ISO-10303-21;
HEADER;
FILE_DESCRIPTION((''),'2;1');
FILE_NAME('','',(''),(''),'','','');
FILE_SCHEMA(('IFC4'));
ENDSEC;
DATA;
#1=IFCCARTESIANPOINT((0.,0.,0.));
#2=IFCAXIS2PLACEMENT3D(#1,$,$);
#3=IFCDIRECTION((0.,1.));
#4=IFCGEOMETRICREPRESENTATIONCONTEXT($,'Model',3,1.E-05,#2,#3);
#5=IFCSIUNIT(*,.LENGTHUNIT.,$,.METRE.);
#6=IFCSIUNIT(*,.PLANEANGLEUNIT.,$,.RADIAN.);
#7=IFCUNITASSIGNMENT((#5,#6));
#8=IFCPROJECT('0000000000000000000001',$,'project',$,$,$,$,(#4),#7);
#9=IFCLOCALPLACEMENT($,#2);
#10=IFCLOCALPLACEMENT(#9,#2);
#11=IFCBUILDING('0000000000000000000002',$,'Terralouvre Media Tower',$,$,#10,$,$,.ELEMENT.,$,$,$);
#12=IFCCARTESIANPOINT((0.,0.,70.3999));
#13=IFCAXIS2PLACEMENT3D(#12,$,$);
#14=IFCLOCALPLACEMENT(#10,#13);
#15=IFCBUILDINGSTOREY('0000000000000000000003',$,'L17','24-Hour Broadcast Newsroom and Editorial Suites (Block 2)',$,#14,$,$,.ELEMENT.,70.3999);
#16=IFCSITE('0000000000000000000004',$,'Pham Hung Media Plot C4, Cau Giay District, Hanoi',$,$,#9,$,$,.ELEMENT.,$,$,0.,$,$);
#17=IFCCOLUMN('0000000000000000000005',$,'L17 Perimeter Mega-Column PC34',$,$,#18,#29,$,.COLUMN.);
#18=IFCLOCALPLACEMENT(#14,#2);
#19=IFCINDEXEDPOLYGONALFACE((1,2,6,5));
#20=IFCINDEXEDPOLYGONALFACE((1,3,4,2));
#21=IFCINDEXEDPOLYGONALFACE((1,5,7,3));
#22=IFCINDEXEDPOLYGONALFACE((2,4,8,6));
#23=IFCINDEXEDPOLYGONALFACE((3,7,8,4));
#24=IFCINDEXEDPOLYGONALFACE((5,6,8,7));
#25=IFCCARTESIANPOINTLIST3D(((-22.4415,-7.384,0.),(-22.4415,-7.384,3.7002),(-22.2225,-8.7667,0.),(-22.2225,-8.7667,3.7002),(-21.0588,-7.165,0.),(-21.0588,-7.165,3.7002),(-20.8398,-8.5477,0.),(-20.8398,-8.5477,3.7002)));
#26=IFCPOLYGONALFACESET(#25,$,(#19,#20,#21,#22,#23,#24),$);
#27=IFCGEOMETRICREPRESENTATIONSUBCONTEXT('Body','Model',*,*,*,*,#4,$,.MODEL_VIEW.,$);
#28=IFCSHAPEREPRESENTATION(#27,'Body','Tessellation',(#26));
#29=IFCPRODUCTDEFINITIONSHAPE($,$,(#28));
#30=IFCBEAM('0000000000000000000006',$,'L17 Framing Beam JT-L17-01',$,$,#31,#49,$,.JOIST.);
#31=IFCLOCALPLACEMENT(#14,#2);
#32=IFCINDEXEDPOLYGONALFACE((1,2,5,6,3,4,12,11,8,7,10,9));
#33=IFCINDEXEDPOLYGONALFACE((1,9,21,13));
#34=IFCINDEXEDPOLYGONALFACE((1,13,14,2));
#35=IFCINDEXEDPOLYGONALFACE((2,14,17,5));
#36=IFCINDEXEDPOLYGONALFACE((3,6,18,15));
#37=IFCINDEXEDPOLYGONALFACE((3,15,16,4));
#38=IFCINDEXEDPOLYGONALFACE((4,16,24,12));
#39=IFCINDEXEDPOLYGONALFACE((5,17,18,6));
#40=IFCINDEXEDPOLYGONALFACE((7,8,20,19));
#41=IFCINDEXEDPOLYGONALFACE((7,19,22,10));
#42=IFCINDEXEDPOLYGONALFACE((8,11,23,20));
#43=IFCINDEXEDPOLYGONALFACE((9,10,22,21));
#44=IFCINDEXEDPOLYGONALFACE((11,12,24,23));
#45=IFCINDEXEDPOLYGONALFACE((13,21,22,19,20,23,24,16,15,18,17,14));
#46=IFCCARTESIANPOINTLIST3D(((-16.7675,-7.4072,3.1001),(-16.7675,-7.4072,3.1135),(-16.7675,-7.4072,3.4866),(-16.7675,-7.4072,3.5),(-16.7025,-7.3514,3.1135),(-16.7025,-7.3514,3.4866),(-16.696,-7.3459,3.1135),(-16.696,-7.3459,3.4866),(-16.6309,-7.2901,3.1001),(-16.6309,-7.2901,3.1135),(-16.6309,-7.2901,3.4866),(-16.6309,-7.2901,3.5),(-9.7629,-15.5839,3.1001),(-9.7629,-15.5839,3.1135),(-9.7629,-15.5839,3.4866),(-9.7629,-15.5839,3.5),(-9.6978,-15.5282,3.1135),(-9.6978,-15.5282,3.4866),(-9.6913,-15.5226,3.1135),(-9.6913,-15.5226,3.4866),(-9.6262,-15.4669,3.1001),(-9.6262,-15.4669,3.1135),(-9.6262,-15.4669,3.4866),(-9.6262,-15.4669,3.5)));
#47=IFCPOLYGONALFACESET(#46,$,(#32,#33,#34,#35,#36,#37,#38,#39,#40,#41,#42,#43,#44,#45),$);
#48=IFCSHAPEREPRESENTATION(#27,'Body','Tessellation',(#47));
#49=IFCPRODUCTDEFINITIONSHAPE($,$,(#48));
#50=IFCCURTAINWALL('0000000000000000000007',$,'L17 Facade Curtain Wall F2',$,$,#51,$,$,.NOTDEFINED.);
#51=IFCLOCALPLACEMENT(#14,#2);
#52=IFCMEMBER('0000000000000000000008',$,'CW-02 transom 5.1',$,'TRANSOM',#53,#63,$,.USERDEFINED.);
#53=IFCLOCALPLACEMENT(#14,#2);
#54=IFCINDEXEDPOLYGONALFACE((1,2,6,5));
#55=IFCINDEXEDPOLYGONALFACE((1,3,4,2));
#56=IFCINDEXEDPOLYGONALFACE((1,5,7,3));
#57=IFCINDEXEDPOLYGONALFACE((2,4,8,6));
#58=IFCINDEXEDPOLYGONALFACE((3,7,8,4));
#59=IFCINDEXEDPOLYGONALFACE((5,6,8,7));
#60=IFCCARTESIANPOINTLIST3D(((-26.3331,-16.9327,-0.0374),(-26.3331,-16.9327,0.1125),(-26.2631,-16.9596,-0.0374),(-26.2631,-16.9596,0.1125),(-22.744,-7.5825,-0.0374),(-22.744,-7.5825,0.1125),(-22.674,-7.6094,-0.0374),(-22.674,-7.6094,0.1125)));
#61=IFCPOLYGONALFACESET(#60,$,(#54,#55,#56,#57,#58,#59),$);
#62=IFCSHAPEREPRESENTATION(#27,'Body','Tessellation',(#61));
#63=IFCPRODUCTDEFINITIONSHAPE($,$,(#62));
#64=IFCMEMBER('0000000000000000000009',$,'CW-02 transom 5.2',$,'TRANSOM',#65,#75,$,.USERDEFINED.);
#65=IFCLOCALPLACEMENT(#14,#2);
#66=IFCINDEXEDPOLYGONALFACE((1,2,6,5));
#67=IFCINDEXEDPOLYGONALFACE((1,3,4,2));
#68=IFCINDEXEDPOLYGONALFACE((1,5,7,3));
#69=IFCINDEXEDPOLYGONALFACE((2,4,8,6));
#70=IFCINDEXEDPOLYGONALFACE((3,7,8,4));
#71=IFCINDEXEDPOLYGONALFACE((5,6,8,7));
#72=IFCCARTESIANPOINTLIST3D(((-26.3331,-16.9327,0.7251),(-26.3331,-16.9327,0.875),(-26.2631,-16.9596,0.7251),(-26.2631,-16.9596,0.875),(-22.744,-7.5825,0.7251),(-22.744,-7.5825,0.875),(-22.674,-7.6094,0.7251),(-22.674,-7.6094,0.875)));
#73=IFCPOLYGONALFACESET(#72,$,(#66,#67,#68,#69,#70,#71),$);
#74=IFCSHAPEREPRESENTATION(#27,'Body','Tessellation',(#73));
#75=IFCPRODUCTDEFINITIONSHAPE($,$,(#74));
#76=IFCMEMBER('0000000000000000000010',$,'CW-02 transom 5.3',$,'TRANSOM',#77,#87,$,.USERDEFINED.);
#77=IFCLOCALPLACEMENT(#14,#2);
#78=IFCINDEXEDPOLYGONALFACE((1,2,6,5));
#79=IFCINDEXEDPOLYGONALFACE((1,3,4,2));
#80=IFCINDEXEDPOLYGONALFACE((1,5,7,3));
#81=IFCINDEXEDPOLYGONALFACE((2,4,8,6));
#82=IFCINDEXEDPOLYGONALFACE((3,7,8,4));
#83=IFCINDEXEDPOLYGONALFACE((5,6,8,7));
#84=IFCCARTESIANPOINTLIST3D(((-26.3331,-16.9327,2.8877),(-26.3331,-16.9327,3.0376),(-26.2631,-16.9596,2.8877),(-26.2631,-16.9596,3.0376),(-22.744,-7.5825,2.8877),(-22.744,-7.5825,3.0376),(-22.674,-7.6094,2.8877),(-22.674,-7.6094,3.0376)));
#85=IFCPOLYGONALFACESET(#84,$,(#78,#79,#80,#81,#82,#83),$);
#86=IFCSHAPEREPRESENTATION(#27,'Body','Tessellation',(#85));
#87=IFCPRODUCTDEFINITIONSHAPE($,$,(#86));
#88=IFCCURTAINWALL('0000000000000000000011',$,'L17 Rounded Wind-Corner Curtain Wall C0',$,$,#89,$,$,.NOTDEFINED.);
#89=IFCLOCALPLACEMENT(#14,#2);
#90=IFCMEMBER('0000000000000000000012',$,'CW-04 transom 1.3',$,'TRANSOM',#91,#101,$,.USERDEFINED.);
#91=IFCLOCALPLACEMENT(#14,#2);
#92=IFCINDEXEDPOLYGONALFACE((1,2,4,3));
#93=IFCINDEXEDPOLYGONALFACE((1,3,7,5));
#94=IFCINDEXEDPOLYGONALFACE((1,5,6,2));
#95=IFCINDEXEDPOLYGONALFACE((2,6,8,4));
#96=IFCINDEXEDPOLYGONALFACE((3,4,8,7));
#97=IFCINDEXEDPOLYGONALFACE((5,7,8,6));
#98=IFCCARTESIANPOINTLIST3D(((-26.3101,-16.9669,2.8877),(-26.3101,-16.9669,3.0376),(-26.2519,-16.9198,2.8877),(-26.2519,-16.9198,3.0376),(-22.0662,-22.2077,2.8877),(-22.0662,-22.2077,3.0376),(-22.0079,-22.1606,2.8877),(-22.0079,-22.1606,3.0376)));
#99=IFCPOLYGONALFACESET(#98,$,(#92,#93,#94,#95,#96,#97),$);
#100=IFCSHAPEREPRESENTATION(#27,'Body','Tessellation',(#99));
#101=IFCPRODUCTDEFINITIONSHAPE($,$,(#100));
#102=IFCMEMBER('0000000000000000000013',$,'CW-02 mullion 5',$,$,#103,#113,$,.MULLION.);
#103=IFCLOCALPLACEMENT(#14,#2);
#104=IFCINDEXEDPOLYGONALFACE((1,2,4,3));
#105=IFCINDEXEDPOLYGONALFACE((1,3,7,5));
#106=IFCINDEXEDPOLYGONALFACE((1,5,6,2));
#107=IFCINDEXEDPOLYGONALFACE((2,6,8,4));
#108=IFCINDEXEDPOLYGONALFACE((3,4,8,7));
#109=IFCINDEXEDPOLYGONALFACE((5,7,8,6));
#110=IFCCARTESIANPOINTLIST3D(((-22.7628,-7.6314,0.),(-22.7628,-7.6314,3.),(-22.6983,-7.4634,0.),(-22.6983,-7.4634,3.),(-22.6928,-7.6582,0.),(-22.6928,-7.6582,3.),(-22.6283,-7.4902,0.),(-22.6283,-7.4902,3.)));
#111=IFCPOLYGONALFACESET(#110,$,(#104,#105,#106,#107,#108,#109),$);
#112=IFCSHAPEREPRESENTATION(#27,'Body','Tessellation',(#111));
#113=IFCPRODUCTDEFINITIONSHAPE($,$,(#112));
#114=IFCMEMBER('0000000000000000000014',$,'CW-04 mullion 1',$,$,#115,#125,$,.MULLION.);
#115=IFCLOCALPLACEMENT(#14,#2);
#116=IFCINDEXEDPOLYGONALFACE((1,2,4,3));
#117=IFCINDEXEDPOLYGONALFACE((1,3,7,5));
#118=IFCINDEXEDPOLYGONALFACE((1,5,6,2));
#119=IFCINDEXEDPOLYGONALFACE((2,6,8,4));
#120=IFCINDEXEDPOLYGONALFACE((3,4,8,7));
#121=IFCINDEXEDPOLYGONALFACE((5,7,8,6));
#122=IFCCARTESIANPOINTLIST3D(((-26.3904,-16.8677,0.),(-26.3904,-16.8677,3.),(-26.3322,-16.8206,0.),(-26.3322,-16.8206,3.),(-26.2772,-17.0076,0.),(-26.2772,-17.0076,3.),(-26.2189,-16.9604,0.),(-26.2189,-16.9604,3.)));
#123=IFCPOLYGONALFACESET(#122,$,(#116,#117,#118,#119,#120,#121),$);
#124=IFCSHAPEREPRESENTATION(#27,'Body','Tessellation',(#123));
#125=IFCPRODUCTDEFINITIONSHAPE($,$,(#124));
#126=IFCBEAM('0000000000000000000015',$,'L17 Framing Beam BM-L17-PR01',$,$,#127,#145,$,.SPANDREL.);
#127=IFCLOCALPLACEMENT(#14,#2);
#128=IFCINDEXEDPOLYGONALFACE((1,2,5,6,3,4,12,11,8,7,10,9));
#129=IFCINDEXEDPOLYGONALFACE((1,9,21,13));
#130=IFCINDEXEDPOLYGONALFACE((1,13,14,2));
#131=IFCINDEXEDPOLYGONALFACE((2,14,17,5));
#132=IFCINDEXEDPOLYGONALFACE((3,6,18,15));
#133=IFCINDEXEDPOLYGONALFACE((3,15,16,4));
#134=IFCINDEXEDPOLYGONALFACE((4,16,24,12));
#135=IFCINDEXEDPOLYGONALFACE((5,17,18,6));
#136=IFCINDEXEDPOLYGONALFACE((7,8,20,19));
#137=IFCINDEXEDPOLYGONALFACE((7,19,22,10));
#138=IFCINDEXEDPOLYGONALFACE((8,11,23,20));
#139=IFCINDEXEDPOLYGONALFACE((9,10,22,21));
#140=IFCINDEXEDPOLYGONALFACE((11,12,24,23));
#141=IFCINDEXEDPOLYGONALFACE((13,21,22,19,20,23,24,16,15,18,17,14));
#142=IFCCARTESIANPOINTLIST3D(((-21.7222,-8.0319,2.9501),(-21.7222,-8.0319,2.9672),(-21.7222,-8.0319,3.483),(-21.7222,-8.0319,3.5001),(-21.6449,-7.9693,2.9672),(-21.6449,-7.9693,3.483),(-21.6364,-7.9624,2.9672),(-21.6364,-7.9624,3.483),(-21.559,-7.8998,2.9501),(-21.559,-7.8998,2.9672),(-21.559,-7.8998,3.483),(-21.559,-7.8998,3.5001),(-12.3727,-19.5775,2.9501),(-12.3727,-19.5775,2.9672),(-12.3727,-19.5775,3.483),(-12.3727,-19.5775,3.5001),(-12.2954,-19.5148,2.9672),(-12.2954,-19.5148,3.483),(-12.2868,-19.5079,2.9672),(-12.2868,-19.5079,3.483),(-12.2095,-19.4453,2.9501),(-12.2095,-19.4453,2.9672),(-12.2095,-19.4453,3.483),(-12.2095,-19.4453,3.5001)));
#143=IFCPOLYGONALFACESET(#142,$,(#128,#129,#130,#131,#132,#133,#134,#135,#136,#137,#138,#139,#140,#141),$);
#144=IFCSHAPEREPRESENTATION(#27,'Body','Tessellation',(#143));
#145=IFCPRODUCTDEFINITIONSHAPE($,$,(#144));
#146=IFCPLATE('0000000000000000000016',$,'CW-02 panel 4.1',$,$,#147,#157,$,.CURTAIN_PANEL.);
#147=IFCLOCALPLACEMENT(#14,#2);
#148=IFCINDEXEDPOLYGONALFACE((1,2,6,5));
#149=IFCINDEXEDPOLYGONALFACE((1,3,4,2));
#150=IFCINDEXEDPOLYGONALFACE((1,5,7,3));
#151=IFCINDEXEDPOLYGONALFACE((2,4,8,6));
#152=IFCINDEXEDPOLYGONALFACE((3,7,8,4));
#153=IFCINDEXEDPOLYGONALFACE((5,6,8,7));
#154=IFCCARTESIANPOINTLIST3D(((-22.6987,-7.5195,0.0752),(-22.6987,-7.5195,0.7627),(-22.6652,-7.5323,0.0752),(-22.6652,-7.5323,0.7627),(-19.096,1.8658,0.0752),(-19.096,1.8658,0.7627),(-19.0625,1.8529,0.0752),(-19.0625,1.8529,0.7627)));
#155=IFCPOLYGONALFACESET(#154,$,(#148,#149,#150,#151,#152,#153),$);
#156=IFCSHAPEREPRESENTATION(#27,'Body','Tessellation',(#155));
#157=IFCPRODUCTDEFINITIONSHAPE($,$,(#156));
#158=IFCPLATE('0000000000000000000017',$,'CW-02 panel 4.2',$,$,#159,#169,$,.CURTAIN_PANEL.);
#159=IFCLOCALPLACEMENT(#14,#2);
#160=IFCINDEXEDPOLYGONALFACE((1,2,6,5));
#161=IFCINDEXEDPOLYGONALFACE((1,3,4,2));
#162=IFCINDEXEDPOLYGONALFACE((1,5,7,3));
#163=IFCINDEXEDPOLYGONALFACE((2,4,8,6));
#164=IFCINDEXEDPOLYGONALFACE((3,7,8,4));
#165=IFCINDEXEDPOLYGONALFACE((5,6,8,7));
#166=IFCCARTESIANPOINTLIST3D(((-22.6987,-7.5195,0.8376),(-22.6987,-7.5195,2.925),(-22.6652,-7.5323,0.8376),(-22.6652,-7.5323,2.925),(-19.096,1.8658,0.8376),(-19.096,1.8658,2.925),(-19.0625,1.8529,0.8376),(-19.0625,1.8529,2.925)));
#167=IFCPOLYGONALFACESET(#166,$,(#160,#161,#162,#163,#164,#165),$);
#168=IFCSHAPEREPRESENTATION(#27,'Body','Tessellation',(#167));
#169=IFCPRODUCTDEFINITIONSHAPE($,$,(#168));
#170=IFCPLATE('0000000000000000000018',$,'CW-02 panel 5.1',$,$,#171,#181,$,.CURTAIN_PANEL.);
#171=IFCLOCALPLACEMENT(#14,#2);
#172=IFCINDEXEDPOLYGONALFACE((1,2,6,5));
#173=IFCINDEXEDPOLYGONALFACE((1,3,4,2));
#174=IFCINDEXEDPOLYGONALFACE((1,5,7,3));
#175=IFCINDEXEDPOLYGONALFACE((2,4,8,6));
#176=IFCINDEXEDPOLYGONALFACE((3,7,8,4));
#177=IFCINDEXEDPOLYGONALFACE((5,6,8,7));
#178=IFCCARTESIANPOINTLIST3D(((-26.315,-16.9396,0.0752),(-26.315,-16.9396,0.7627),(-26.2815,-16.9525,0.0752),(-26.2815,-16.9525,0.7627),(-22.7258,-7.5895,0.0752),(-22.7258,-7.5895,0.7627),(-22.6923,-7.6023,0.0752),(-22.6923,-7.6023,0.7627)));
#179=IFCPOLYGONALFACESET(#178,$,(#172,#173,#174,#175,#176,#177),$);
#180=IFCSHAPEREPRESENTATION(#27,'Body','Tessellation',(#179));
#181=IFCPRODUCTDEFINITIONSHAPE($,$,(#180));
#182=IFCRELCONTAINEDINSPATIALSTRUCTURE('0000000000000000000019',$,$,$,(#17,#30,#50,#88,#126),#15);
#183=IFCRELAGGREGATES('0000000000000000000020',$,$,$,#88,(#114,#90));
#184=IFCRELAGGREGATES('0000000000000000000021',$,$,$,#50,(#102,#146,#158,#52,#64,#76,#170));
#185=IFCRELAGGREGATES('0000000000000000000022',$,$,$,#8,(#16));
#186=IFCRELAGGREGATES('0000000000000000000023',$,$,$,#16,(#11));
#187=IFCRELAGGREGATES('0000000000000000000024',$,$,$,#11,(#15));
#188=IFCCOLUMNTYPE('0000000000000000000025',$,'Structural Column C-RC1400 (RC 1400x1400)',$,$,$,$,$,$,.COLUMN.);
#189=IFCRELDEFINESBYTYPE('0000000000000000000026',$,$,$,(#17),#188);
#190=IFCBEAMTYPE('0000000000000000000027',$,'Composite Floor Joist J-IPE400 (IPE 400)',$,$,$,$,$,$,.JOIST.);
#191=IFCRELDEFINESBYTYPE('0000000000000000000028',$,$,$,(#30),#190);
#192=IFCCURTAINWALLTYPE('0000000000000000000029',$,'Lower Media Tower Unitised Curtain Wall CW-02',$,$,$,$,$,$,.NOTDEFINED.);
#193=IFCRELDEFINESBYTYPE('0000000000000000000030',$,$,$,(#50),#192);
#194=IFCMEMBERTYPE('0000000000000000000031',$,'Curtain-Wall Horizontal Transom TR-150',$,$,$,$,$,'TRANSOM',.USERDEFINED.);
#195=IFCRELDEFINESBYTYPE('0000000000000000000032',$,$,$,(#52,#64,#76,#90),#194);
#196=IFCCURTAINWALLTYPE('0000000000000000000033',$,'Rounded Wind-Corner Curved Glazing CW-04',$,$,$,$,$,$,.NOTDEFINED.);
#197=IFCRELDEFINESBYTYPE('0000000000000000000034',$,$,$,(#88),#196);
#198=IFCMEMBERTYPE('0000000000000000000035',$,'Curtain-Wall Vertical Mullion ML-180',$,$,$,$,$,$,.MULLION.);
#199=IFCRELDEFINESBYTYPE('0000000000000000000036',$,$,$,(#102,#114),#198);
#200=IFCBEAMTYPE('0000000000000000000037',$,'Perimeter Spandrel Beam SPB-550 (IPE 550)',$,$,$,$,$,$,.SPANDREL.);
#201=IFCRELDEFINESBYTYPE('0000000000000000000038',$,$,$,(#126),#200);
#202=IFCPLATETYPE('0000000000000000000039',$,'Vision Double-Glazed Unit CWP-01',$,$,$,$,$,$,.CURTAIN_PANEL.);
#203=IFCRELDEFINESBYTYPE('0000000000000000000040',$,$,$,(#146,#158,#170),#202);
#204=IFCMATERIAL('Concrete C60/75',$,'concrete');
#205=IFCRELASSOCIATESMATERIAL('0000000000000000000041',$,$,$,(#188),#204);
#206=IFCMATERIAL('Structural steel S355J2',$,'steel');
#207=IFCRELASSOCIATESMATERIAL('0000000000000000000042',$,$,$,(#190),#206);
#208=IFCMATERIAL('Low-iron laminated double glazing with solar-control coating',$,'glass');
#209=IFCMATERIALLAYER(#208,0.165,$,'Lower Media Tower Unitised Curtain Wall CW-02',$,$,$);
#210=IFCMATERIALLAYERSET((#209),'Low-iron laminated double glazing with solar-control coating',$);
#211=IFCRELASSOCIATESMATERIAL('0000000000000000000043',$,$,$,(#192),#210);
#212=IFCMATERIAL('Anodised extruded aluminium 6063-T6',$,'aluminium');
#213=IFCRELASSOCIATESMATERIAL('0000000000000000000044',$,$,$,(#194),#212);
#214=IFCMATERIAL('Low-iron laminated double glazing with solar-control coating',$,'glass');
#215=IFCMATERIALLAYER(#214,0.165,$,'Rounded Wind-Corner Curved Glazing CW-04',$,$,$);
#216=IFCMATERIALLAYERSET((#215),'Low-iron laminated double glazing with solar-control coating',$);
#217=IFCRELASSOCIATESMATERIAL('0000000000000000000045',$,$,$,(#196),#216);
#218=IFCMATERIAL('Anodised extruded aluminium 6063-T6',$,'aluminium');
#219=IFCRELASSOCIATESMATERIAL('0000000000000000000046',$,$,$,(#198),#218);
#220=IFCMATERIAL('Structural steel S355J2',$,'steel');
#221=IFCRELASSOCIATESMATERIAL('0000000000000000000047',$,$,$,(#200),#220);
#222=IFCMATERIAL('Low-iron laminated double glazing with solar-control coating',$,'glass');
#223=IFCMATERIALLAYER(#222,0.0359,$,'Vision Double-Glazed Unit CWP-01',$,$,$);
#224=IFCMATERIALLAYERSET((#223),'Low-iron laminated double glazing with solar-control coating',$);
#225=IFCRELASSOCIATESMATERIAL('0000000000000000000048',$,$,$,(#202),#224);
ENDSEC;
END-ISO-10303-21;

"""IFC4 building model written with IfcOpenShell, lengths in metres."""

from ifc_helpers import new_model, si_unit, direction, frame, origin, origin_2d, place, context, subcontext, project, spatial, rectangle, i_section, extrude, material, layer, layer_set, material_profile, profile_set, type_object, element, aggregate, save


model = new_model("IFC4")

# Units and contexts
model_context = context("Model", 3, precision=1e-05, world=origin(), true_north=direction((0.0, 1.0)))
body_context = subcontext(model_context, "Body", "Model", "MODEL_VIEW")
ifc_project = project(units=[si_unit("LENGTHUNIT", "METRE"), si_unit("PLANEANGLEUNIT", "RADIAN")], contexts=[model_context])

# Site, building, storey
site_placement = place(None, origin())
site = spatial("IfcSite", under=ifc_project, at=site_placement, Name="Pham Hung Media Plot C4, Cau Giay District, Hanoi", CompositionType="ELEMENT", RefElevation=0.0)
building_placement = place(site_placement, origin())
building = spatial("IfcBuilding", under=site, at=building_placement, Name="Terralouvre Media Tower", CompositionType="ELEMENT")
storey_placement = place(building_placement, frame((0.0, 0.0, 70.3999)))
storey = spatial("IfcBuildingStorey", under=building, at=storey_placement, Name="L17", Description="24-Hour Broadcast Newsroom and Editorial Suites (Block 2)", CompositionType="ELEMENT", Elevation=70.3999)

# Column
ifc_material_1 = material(Name="Concrete C60/75", Category="concrete")
ifc_material_profile_1 = material_profile(ifc_material_1, rectangle(XDim=1.3999, YDim=1.3999, at=origin_2d()), Name="RC 1400x1400")
ifc_profile_set_1 = profile_set([ifc_material_profile_1], Name="Concrete C60/75")
column_type = type_object("IfcColumnType", Name="Structural Column C-RC1400 (RC 1400x1400)", PredefinedType="COLUMN", material=ifc_profile_set_1)
column_placement = place(storey_placement, frame((-21.6406, -7.9658, 0.0), z_axis=(0.0, 0.0, 1.0), x_axis=(0.987688, 0.156434, 0.0)))
element("IfcColumn", 1, at=column_placement, inside=storey, type_object=column_type, Name="L17 Perimeter Mega-Column PC34", PredefinedType="COLUMN", context=body_context, shape_type="SweptSolid", body=[
    extrude(rectangle(XDim=1.3999, YDim=1.3999, at=origin_2d()), origin(), (0.0, 0.0, 1.0), 3.7002),
])

# Beam
ifc_material_2 = material(Name="Structural steel S355J2", Category="steel")
ifc_material_profile_2 = material_profile(ifc_material_2, i_section(OverallWidth=0.1799, OverallDepth=0.3999, WebThickness=0.0085, FlangeThickness=0.0134, at=origin_2d()), Name="IPE 400")
ifc_profile_set_2 = profile_set([ifc_material_profile_2], Name="Structural steel S355J2")
beam_type_1 = type_object("IfcBeamType", Name="Composite Floor Joist J-IPE400 (IPE 400)", PredefinedType="JOIST", material=ifc_profile_set_2)
beam_1_placement = place(storey_placement, frame((-16.6992, -7.3486, 3.3), z_axis=(0.650577, -0.759441, 0.0), x_axis=(0.759441, 0.650577, 0.0)))
element("IfcBeam", 2, at=beam_1_placement, inside=storey, type_object=beam_type_1, Name="L17 Framing Beam JT-L17-01", PredefinedType="JOIST", context=body_context, shape_type="SweptSolid", body=[
    extrude(i_section(OverallWidth=0.1799, OverallDepth=0.3999, WebThickness=0.0085, FlangeThickness=0.0134, at=origin_2d()), origin(), (0.0, 0.0, 1.0), 10.7668),
])

# Curtain wall, members
ifc_material_3 = material(Name="Low-iron laminated double glazing with solar-control coating", Category="glass")
ifc_layer_1 = layer(ifc_material_3, 0.165, Name="Lower Media Tower Unitised Curtain Wall CW-02")
ifc_layer_set_1 = layer_set([ifc_layer_1], Name="Low-iron laminated double glazing with solar-control coating")
curtain_wall_type_1 = type_object("IfcCurtainWallType", Name="Lower Media Tower Unitised Curtain Wall CW-02", PredefinedType="NOTDEFINED", material=ifc_layer_set_1)
curtain_wall_1_placement = place(storey_placement, origin())
curtain_wall_1 = element("IfcCurtainWall", 3, at=curtain_wall_1_placement, inside=storey, type_object=curtain_wall_type_1, Name="L17 Facade Curtain Wall F2", PredefinedType="NOTDEFINED")
ifc_material_4 = material(Name="Anodised extruded aluminium 6063-T6", Category="aluminium")
ifc_material_profile_3 = material_profile(ifc_material_4, rectangle(XDim=0.075, YDim=0.1499, at=origin_2d()), Name="ALU 75x150")
ifc_profile_set_3 = profile_set([ifc_material_profile_3], Name="Anodised extruded aluminium 6063-T6")
member_type_1 = type_object("IfcMemberType", Name="Curtain-Wall Horizontal Transom TR-150", ElementType="TRANSOM", PredefinedType="USERDEFINED", material=ifc_profile_set_3)
member_1_placement = place(storey_placement, frame((-22.709, -7.5959, 0.0376), z_axis=(-0.358363, -0.933582, 0.0), x_axis=(0.933582, -0.358363, 0.0)))
member_1 = element("IfcMember", 4, at=member_1_placement, type_object=member_type_1, Name="CW-02 transom 5.1", ObjectType="TRANSOM", PredefinedType="USERDEFINED", context=body_context, shape_type="SweptSolid", body=[
    extrude(rectangle(XDim=0.075, YDim=0.1499, at=origin_2d()), origin(), (0.0, 0.0, 1.0), 10.0154),
])
member_2_placement = place(storey_placement, frame((-22.709, -7.5959, 0.8), z_axis=(-0.358363, -0.933582, 0.0), x_axis=(0.933582, -0.358363, 0.0)))
member_2 = element("IfcMember", 5, at=member_2_placement, type_object=member_type_1, Name="CW-02 transom 5.2", ObjectType="TRANSOM", PredefinedType="USERDEFINED", context=body_context, shape_type="SweptSolid", body=[
    extrude(rectangle(XDim=0.075, YDim=0.1499, at=origin_2d()), origin(), (0.0, 0.0, 1.0), 10.0154),
])
member_3_placement = place(storey_placement, frame((-22.709, -7.5959, 2.9626), z_axis=(-0.358363, -0.933582, 0.0), x_axis=(0.933582, -0.358363, 0.0)))
member_3 = element("IfcMember", 6, at=member_3_placement, type_object=member_type_1, Name="CW-02 transom 5.3", ObjectType="TRANSOM", PredefinedType="USERDEFINED", context=body_context, shape_type="SweptSolid", body=[
    extrude(rectangle(XDim=0.075, YDim=0.1499, at=origin_2d()), origin(), (0.0, 0.0, 1.0), 10.0154),
])

# Curtain wall, member
ifc_material_5 = material(Name="Low-iron laminated double glazing with solar-control coating", Category="glass")
ifc_layer_2 = layer(ifc_material_5, 0.165, Name="Rounded Wind-Corner Curved Glazing CW-04")
ifc_layer_set_2 = layer_set([ifc_layer_2], Name="Low-iron laminated double glazing with solar-control coating")
curtain_wall_type_2 = type_object("IfcCurtainWallType", Name="Rounded Wind-Corner Curved Glazing CW-04", PredefinedType="NOTDEFINED", material=ifc_layer_set_2)
curtain_wall_2_placement = place(storey_placement, origin())
curtain_wall_2 = element("IfcCurtainWall", 7, at=curtain_wall_2_placement, inside=storey, type_object=curtain_wall_type_2, Name="L17 Rounded Wind-Corner Curtain Wall C0", PredefinedType="NOTDEFINED")
member_4_placement = place(storey_placement, frame((-26.281, -16.9434, 2.9626), z_axis=(0.629324, -0.777143, 0.0), x_axis=(0.777143, 0.629324, 0.0)))
member_4 = element("IfcMember", 8, at=member_4_placement, type_object=member_type_1, Name="CW-04 transom 1.3", ObjectType="TRANSOM", PredefinedType="USERDEFINED", context=body_context, shape_type="SweptSolid", body=[
    extrude(rectangle(XDim=0.075, YDim=0.1499, at=origin_2d()), origin(), (0.0, 0.0, 1.0), 6.7437),
])

# Members
ifc_material_6 = material(Name="Anodised extruded aluminium 6063-T6", Category="aluminium")
ifc_material_profile_4 = material_profile(ifc_material_6, rectangle(XDim=0.075, YDim=0.1799, at=origin_2d()), Name="ALU 75x180")
ifc_profile_set_4 = profile_set([ifc_material_profile_4], Name="Anodised extruded aluminium 6063-T6")
member_type_2 = type_object("IfcMemberType", Name="Curtain-Wall Vertical Mullion ML-180", PredefinedType="MULLION", material=ifc_profile_set_4)
member_5_placement = place(storey_placement, frame((-22.6956, -7.5608, 0.0), z_axis=(0.0, 0.0, 1.0), x_axis=(0.93358, -0.358368, 0.0)))
member_5 = element("IfcMember", 9, at=member_5_placement, type_object=member_type_2, Name="CW-02 mullion 5", PredefinedType="MULLION", context=body_context, shape_type="SweptSolid", body=[
    extrude(rectangle(XDim=0.075, YDim=0.1799, at=origin_2d()), origin(), (0.0, 0.0, 1.0), 3.0),
])
member_6_placement = place(storey_placement, frame((-26.3047, -16.9141, 0.0), z_axis=(0.0, 0.0, 1.0), x_axis=(0.777146, 0.62932, 0.0)))
member_6 = element("IfcMember", 10, at=member_6_placement, type_object=member_type_2, Name="CW-04 mullion 1", PredefinedType="MULLION", context=body_context, shape_type="SweptSolid", body=[
    extrude(rectangle(XDim=0.075, YDim=0.1799, at=origin_2d()), origin(), (0.0, 0.0, 1.0), 3.0),
])
aggregate(curtain_wall_2, [member_6, member_4])

# Beam
ifc_material_7 = material(Name="Structural steel S355J2", Category="steel")
ifc_material_profile_5 = material_profile(ifc_material_7, i_section(OverallWidth=0.21, OverallDepth=0.55, WebThickness=0.011, FlangeThickness=0.0171, at=origin_2d()), Name="IPE 550")
ifc_profile_set_5 = profile_set([ifc_material_profile_5], Name="Structural steel S355J2")
beam_type_2 = type_object("IfcBeamType", Name="Perimeter Spandrel Beam SPB-550 (IPE 550)", PredefinedType="SPANDREL", material=ifc_profile_set_5)
beam_2_placement = place(storey_placement, frame((-21.6406, -7.9658, 3.2251), z_axis=(0.629325, -0.777142, 0.0), x_axis=(0.777142, 0.629325, 0.0)))
element("IfcBeam", 11, at=beam_2_placement, inside=storey, type_object=beam_type_2, Name="L17 Framing Beam BM-L17-PR01", PredefinedType="SPANDREL", context=body_context, shape_type="SweptSolid", body=[
    extrude(i_section(OverallWidth=0.21, OverallDepth=0.55, WebThickness=0.011, FlangeThickness=0.0171, at=origin_2d()), origin(), (0.0, 0.0, 1.0), 14.8564),
])

# Plates
ifc_material_8 = material(Name="Low-iron laminated double glazing with solar-control coating", Category="glass")
ifc_layer_3 = layer(ifc_material_8, 0.0359, Name="Vision Double-Glazed Unit CWP-01")
ifc_layer_set_3 = layer_set([ifc_layer_3], Name="Low-iron laminated double glazing with solar-control coating")
plate_type = type_object("IfcPlateType", Name="Vision Double-Glazed Unit CWP-01", PredefinedType="CURTAIN_PANEL", material=ifc_layer_set_3)
plate_1_placement = place(storey_placement, frame((-20.8806, -2.8333, 0.0752), z_axis=(0.0, 0.0, 1.0), x_axis=(-0.358368, -0.93358, 0.0)))
plate_1 = element("IfcPlate", 12, at=plate_1_placement, type_object=plate_type, Name="CW-02 panel 4.1", PredefinedType="CURTAIN_PANEL", context=body_context, shape_type="SweptSolid", body=[
    extrude(rectangle(XDim=10.053, YDim=0.0359, at=origin_2d()), origin(), (0.0, 0.0, 1.0), 0.6875),
])
plate_2_placement = place(storey_placement, frame((-20.8806, -2.8333, 0.8376), z_axis=(0.0, 0.0, 1.0), x_axis=(-0.358368, -0.93358, 0.0)))
plate_2 = element("IfcPlate", 13, at=plate_2_placement, type_object=plate_type, Name="CW-02 panel 4.2", PredefinedType="CURTAIN_PANEL", context=body_context, shape_type="SweptSolid", body=[
    extrude(rectangle(XDim=10.053, YDim=0.0359, at=origin_2d()), origin(), (0.0, 0.0, 1.0), 2.0874),
])
plate_3_placement = place(storey_placement, frame((-24.5037, -12.271, 0.0752), z_axis=(0.0, 0.0, 1.0), x_axis=(-0.358368, -0.93358, 0.0)))
plate_3 = element("IfcPlate", 14, at=plate_3_placement, type_object=plate_type, Name="CW-02 panel 5.1", PredefinedType="CURTAIN_PANEL", context=body_context, shape_type="SweptSolid", body=[
    extrude(rectangle(XDim=10.0154, YDim=0.0359, at=origin_2d()), origin(), (0.0, 0.0, 1.0), 0.6875),
])
aggregate(curtain_wall_1, [member_5, plate_1, plate_2, member_1, member_2, member_3, plate_3])

save(model, "model.ifc")
